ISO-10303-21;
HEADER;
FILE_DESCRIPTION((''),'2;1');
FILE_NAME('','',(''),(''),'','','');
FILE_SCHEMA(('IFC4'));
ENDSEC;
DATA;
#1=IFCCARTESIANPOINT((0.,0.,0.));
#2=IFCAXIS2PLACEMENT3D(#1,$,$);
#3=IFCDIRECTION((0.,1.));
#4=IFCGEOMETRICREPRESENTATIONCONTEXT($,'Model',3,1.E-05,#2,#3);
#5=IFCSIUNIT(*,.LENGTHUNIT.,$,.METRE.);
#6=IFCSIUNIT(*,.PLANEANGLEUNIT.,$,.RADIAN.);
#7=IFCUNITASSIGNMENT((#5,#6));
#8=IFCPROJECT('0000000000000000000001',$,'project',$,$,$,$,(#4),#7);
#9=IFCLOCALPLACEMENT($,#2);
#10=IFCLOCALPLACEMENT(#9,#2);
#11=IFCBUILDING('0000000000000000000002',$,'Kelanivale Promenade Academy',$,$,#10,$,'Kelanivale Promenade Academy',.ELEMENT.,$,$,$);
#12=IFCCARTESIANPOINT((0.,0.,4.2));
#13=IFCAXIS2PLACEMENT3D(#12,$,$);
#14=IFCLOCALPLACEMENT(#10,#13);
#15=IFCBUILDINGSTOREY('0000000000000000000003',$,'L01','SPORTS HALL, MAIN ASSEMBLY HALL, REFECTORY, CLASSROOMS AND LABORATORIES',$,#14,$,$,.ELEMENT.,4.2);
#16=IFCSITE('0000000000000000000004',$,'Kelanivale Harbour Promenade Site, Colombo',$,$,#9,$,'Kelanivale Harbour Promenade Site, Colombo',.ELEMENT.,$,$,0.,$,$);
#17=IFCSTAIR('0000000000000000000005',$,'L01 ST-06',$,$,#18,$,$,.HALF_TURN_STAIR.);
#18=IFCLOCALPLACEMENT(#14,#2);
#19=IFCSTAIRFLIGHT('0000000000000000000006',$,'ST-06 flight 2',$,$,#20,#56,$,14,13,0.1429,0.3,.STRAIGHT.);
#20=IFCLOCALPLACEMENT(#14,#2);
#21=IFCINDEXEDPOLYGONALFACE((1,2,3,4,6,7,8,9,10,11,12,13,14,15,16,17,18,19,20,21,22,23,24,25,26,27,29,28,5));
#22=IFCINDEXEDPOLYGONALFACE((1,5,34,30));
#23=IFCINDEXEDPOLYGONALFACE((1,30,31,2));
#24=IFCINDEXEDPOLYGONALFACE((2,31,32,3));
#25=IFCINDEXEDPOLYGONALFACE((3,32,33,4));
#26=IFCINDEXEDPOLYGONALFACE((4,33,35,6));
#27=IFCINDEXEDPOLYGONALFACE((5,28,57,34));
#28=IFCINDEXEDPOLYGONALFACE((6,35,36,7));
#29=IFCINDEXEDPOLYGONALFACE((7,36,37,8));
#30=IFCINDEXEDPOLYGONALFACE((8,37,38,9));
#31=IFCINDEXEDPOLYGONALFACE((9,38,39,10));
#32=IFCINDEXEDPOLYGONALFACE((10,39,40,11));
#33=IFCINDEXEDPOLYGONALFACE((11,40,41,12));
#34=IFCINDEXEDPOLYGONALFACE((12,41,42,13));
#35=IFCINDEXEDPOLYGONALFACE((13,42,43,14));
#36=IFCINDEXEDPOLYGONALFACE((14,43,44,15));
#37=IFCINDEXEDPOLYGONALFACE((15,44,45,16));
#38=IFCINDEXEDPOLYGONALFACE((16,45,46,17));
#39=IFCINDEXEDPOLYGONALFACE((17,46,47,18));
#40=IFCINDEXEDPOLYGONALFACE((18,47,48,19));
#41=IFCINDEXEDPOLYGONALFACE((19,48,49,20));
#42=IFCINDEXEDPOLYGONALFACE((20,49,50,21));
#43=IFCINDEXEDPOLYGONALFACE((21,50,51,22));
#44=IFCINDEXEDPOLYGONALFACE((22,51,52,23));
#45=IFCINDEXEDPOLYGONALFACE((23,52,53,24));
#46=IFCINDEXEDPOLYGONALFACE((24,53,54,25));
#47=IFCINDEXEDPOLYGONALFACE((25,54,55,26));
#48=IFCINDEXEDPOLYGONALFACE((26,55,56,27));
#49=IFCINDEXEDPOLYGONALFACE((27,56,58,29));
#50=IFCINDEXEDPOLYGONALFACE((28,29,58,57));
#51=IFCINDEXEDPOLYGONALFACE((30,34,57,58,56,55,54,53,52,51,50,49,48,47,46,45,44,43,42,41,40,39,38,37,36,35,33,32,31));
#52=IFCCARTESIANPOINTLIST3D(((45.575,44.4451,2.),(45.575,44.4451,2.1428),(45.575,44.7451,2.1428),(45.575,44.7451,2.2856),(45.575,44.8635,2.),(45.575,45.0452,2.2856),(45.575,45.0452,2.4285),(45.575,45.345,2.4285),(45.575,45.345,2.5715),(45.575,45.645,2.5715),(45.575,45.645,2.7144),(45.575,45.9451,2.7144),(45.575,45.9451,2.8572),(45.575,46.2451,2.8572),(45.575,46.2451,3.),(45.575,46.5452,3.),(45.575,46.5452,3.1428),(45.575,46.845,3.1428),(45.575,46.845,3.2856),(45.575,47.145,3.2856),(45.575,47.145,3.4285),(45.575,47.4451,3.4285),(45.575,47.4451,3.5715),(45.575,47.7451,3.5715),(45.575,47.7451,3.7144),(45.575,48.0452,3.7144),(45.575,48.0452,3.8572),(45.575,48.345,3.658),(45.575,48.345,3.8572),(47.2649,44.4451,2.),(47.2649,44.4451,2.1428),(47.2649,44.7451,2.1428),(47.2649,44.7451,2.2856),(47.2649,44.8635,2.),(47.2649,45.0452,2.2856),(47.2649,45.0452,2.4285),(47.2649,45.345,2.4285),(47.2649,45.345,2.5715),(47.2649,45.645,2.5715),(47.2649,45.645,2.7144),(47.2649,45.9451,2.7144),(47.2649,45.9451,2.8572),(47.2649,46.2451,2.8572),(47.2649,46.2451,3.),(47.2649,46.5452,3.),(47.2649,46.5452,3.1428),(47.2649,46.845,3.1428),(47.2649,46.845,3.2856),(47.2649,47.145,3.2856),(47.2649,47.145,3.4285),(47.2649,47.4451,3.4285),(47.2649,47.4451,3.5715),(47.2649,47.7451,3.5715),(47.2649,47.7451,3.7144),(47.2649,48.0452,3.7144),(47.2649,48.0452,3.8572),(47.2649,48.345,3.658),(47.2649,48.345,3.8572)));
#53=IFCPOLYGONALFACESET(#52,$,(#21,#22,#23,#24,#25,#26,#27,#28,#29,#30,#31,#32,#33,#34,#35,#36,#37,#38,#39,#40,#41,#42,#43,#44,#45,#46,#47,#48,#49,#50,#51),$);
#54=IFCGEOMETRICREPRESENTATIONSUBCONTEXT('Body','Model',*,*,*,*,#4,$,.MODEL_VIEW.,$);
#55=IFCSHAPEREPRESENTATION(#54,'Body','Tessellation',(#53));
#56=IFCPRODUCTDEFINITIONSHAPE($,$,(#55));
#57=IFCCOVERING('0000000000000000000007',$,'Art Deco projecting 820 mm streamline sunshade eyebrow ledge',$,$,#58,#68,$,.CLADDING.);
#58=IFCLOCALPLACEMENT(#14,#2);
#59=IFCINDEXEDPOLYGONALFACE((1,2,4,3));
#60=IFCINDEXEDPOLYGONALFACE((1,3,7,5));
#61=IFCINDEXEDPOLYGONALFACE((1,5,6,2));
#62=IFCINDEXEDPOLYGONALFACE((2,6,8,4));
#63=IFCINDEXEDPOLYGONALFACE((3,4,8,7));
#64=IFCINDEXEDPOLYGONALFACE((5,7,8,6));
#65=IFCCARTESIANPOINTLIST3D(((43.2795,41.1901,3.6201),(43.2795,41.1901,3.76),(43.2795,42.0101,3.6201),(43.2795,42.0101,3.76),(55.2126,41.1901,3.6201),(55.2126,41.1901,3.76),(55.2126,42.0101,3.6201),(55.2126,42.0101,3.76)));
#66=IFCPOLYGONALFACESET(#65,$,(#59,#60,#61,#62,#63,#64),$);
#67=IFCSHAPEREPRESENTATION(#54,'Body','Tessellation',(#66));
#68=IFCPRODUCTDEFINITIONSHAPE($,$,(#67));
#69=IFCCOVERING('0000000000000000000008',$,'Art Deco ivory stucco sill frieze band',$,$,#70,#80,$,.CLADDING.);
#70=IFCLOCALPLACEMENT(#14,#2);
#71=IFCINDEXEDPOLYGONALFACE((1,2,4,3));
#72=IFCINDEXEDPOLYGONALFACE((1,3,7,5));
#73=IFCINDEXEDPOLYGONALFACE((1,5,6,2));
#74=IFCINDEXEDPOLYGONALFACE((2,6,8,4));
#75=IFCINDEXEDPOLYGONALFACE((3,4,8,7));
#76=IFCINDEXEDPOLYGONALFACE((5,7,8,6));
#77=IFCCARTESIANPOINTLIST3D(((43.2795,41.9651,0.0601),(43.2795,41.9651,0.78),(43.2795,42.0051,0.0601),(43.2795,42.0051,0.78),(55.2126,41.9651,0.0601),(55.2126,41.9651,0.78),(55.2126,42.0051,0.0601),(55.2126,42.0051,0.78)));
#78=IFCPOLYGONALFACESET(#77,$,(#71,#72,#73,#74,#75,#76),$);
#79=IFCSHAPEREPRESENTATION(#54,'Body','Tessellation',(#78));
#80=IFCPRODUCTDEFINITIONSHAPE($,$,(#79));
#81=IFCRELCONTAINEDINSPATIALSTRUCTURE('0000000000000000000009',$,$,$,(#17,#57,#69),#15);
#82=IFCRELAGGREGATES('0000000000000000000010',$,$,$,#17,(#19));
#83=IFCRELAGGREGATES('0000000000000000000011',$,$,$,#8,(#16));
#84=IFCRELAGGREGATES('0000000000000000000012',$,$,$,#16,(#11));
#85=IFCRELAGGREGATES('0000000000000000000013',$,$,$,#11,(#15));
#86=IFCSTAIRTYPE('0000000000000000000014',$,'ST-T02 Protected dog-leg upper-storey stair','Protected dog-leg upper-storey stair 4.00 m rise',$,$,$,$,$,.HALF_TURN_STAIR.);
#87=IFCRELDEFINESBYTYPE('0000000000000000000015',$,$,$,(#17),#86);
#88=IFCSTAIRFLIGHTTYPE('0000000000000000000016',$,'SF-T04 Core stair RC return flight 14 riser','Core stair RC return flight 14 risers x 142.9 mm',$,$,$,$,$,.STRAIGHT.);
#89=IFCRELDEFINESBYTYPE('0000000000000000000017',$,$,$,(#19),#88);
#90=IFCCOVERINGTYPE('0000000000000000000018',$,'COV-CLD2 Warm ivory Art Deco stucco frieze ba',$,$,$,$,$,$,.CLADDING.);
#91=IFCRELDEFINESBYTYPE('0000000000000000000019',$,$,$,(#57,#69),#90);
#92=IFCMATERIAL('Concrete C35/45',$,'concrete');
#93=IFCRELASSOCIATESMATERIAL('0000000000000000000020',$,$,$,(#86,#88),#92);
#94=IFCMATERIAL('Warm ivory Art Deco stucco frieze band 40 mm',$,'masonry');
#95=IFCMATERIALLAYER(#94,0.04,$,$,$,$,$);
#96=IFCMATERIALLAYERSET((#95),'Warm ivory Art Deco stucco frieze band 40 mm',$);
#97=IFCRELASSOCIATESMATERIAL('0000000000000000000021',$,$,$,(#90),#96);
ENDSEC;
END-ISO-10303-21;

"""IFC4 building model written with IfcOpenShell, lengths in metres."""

from ifc_helpers import new_model, si_unit, direction, frame, origin, origin_2d, place, context, subcontext, project, spatial, polyline, rectangle, outline, extrude, material, layer, layer_set, type_object, element, aggregate, save


model = new_model("IFC4")

# Units and contexts
model_context = context("Model", 3, precision=1e-05, world=origin(), true_north=direction((0.0, 1.0)))
body_context = subcontext(model_context, "Body", "Model", "MODEL_VIEW")
ifc_project = project(units=[si_unit("LENGTHUNIT", "METRE"), si_unit("PLANEANGLEUNIT", "RADIAN")], contexts=[model_context])

# Site, building, storey
site_placement = place(None, origin())
site = spatial("IfcSite", under=ifc_project, at=site_placement, Name="Kelanivale Harbour Promenade Site, Colombo", LongName="Kelanivale Harbour Promenade Site, Colombo", CompositionType="ELEMENT", RefElevation=0.0)
building_placement = place(site_placement, origin())
building = spatial("IfcBuilding", under=site, at=building_placement, Name="Kelanivale Promenade Academy", LongName="Kelanivale Promenade Academy", CompositionType="ELEMENT")
storey_placement = place(building_placement, frame((0.0, 0.0, 4.2)))
storey = spatial("IfcBuildingStorey", under=building, at=storey_placement, Name="L01", Description="SPORTS HALL, MAIN ASSEMBLY HALL, REFECTORY, CLASSROOMS AND LABORATORIES", CompositionType="ELEMENT", Elevation=4.2)

# Stair, stair flight
ifc_material_1 = material(Name="Concrete C35/45", Category="concrete")
stair_type = type_object("IfcStairType", Name="ST-T02 Protected dog-leg upper-storey stair", Description="Protected dog-leg upper-storey stair 4.00 m rise", PredefinedType="HALF_TURN_STAIR", material=ifc_material_1)
stair_placement = place(storey_placement, origin())
stair = element("IfcStair", 1, at=stair_placement, inside=storey, type_object=stair_type, Name="L01 ST-06", PredefinedType="HALF_TURN_STAIR")
stair_flight_type = type_object("IfcStairFlightType", Name="SF-T04 Core stair RC return flight 14 riser", Description="Core stair RC return flight 14 risers x 142.9 mm", PredefinedType="STRAIGHT", material=ifc_material_1)
stair_flight_placement = place(storey_placement, frame((46.4199, 44.4451, 2.0), z_axis=(0.0, 0.0, 1.0), x_axis=(0.0, 1.0, 0.0)))
stair_flight = element("IfcStairFlight", 2, at=stair_flight_placement, type_object=stair_flight_type, Name="ST-06 flight 2", NumberOfRisers=14, NumberOfTreads=13, PredefinedType="STRAIGHT", RiserHeight=0.1429, TreadLength=0.3, context=body_context, shape_type="SweptSolid", body=[
    extrude(outline(polyline([(0.0, 0.0), (0.0, 0.1428), (0.3, 0.1428), (0.3, 0.2856), (0.6001, 0.2856), (0.6001, 0.4285), (0.8999, 0.4285), (0.8999, 0.5715), (1.2, 0.5715), (1.2, 0.7144), (1.5, 0.7144), (1.5, 0.8572), (1.8, 0.8572), (1.8, 1.0), (2.1001, 1.0), (2.1001, 1.1428), (2.3999, 1.1428), (2.3999, 1.2856), (2.7, 1.2856), (2.7, 1.4285), (3.0, 1.4285), (3.0, 1.5715), (3.3, 1.5715), (3.3, 1.7144), (3.6001, 1.7144), (3.6001, 1.8572), (3.8999, 1.8572), (3.8999, 2.0), (3.8999, 1.658), (0.4185, 0.0), (0.0, 0.0)])), frame((0.0, 0.845, 0.0), z_axis=(0.0, -1.0, 0.0), x_axis=(1.0, 0.0, 0.0)), (0.0, 0.0, 1.0), 1.6899),
])
aggregate(stair, [stair_flight])

# Coverings
ifc_material_2 = material(Name="Warm ivory Art Deco stucco frieze band 40 mm", Category="masonry")
ifc_layer_1 = layer(ifc_material_2, 0.04)
ifc_layer_set_1 = layer_set([ifc_layer_1], Name="Warm ivory Art Deco stucco frieze band 40 mm")
covering_type = type_object("IfcCoveringType", Name="COV-CLD2 Warm ivory Art Deco stucco frieze ba", PredefinedType="CLADDING", material=ifc_layer_set_1)
covering_1_placement = place(storey_placement, frame((49.2461, 41.6001, 3.6201), z_axis=(0.0, 0.0, 1.0), x_axis=(1.0, 0.0, 0.0)))
element("IfcCovering", 3, at=covering_1_placement, inside=storey, type_object=covering_type, Name="Art Deco projecting 820 mm streamline sunshade eyebrow ledge", PredefinedType="CLADDING", context=body_context, shape_type="SweptSolid", body=[
    extrude(rectangle(XDim=11.9331, YDim=0.8201, at=origin_2d()), origin(), (0.0, 0.0, 1.0), 0.1399),
])
covering_2_placement = place(storey_placement, frame((49.2461, 41.9851, 0.0601), z_axis=(0.0, 0.0, 1.0), x_axis=(1.0, 0.0, 0.0)))
element("IfcCovering", 4, at=covering_2_placement, inside=storey, type_object=covering_type, Name="Art Deco ivory stucco sill frieze band", PredefinedType="CLADDING", context=body_context, shape_type="SweptSolid", body=[
    extrude(rectangle(XDim=11.9331, YDim=0.04, at=origin_2d()), origin(), (0.0, 0.0, 1.0), 0.72),
])

save(model, "model.ifc")
